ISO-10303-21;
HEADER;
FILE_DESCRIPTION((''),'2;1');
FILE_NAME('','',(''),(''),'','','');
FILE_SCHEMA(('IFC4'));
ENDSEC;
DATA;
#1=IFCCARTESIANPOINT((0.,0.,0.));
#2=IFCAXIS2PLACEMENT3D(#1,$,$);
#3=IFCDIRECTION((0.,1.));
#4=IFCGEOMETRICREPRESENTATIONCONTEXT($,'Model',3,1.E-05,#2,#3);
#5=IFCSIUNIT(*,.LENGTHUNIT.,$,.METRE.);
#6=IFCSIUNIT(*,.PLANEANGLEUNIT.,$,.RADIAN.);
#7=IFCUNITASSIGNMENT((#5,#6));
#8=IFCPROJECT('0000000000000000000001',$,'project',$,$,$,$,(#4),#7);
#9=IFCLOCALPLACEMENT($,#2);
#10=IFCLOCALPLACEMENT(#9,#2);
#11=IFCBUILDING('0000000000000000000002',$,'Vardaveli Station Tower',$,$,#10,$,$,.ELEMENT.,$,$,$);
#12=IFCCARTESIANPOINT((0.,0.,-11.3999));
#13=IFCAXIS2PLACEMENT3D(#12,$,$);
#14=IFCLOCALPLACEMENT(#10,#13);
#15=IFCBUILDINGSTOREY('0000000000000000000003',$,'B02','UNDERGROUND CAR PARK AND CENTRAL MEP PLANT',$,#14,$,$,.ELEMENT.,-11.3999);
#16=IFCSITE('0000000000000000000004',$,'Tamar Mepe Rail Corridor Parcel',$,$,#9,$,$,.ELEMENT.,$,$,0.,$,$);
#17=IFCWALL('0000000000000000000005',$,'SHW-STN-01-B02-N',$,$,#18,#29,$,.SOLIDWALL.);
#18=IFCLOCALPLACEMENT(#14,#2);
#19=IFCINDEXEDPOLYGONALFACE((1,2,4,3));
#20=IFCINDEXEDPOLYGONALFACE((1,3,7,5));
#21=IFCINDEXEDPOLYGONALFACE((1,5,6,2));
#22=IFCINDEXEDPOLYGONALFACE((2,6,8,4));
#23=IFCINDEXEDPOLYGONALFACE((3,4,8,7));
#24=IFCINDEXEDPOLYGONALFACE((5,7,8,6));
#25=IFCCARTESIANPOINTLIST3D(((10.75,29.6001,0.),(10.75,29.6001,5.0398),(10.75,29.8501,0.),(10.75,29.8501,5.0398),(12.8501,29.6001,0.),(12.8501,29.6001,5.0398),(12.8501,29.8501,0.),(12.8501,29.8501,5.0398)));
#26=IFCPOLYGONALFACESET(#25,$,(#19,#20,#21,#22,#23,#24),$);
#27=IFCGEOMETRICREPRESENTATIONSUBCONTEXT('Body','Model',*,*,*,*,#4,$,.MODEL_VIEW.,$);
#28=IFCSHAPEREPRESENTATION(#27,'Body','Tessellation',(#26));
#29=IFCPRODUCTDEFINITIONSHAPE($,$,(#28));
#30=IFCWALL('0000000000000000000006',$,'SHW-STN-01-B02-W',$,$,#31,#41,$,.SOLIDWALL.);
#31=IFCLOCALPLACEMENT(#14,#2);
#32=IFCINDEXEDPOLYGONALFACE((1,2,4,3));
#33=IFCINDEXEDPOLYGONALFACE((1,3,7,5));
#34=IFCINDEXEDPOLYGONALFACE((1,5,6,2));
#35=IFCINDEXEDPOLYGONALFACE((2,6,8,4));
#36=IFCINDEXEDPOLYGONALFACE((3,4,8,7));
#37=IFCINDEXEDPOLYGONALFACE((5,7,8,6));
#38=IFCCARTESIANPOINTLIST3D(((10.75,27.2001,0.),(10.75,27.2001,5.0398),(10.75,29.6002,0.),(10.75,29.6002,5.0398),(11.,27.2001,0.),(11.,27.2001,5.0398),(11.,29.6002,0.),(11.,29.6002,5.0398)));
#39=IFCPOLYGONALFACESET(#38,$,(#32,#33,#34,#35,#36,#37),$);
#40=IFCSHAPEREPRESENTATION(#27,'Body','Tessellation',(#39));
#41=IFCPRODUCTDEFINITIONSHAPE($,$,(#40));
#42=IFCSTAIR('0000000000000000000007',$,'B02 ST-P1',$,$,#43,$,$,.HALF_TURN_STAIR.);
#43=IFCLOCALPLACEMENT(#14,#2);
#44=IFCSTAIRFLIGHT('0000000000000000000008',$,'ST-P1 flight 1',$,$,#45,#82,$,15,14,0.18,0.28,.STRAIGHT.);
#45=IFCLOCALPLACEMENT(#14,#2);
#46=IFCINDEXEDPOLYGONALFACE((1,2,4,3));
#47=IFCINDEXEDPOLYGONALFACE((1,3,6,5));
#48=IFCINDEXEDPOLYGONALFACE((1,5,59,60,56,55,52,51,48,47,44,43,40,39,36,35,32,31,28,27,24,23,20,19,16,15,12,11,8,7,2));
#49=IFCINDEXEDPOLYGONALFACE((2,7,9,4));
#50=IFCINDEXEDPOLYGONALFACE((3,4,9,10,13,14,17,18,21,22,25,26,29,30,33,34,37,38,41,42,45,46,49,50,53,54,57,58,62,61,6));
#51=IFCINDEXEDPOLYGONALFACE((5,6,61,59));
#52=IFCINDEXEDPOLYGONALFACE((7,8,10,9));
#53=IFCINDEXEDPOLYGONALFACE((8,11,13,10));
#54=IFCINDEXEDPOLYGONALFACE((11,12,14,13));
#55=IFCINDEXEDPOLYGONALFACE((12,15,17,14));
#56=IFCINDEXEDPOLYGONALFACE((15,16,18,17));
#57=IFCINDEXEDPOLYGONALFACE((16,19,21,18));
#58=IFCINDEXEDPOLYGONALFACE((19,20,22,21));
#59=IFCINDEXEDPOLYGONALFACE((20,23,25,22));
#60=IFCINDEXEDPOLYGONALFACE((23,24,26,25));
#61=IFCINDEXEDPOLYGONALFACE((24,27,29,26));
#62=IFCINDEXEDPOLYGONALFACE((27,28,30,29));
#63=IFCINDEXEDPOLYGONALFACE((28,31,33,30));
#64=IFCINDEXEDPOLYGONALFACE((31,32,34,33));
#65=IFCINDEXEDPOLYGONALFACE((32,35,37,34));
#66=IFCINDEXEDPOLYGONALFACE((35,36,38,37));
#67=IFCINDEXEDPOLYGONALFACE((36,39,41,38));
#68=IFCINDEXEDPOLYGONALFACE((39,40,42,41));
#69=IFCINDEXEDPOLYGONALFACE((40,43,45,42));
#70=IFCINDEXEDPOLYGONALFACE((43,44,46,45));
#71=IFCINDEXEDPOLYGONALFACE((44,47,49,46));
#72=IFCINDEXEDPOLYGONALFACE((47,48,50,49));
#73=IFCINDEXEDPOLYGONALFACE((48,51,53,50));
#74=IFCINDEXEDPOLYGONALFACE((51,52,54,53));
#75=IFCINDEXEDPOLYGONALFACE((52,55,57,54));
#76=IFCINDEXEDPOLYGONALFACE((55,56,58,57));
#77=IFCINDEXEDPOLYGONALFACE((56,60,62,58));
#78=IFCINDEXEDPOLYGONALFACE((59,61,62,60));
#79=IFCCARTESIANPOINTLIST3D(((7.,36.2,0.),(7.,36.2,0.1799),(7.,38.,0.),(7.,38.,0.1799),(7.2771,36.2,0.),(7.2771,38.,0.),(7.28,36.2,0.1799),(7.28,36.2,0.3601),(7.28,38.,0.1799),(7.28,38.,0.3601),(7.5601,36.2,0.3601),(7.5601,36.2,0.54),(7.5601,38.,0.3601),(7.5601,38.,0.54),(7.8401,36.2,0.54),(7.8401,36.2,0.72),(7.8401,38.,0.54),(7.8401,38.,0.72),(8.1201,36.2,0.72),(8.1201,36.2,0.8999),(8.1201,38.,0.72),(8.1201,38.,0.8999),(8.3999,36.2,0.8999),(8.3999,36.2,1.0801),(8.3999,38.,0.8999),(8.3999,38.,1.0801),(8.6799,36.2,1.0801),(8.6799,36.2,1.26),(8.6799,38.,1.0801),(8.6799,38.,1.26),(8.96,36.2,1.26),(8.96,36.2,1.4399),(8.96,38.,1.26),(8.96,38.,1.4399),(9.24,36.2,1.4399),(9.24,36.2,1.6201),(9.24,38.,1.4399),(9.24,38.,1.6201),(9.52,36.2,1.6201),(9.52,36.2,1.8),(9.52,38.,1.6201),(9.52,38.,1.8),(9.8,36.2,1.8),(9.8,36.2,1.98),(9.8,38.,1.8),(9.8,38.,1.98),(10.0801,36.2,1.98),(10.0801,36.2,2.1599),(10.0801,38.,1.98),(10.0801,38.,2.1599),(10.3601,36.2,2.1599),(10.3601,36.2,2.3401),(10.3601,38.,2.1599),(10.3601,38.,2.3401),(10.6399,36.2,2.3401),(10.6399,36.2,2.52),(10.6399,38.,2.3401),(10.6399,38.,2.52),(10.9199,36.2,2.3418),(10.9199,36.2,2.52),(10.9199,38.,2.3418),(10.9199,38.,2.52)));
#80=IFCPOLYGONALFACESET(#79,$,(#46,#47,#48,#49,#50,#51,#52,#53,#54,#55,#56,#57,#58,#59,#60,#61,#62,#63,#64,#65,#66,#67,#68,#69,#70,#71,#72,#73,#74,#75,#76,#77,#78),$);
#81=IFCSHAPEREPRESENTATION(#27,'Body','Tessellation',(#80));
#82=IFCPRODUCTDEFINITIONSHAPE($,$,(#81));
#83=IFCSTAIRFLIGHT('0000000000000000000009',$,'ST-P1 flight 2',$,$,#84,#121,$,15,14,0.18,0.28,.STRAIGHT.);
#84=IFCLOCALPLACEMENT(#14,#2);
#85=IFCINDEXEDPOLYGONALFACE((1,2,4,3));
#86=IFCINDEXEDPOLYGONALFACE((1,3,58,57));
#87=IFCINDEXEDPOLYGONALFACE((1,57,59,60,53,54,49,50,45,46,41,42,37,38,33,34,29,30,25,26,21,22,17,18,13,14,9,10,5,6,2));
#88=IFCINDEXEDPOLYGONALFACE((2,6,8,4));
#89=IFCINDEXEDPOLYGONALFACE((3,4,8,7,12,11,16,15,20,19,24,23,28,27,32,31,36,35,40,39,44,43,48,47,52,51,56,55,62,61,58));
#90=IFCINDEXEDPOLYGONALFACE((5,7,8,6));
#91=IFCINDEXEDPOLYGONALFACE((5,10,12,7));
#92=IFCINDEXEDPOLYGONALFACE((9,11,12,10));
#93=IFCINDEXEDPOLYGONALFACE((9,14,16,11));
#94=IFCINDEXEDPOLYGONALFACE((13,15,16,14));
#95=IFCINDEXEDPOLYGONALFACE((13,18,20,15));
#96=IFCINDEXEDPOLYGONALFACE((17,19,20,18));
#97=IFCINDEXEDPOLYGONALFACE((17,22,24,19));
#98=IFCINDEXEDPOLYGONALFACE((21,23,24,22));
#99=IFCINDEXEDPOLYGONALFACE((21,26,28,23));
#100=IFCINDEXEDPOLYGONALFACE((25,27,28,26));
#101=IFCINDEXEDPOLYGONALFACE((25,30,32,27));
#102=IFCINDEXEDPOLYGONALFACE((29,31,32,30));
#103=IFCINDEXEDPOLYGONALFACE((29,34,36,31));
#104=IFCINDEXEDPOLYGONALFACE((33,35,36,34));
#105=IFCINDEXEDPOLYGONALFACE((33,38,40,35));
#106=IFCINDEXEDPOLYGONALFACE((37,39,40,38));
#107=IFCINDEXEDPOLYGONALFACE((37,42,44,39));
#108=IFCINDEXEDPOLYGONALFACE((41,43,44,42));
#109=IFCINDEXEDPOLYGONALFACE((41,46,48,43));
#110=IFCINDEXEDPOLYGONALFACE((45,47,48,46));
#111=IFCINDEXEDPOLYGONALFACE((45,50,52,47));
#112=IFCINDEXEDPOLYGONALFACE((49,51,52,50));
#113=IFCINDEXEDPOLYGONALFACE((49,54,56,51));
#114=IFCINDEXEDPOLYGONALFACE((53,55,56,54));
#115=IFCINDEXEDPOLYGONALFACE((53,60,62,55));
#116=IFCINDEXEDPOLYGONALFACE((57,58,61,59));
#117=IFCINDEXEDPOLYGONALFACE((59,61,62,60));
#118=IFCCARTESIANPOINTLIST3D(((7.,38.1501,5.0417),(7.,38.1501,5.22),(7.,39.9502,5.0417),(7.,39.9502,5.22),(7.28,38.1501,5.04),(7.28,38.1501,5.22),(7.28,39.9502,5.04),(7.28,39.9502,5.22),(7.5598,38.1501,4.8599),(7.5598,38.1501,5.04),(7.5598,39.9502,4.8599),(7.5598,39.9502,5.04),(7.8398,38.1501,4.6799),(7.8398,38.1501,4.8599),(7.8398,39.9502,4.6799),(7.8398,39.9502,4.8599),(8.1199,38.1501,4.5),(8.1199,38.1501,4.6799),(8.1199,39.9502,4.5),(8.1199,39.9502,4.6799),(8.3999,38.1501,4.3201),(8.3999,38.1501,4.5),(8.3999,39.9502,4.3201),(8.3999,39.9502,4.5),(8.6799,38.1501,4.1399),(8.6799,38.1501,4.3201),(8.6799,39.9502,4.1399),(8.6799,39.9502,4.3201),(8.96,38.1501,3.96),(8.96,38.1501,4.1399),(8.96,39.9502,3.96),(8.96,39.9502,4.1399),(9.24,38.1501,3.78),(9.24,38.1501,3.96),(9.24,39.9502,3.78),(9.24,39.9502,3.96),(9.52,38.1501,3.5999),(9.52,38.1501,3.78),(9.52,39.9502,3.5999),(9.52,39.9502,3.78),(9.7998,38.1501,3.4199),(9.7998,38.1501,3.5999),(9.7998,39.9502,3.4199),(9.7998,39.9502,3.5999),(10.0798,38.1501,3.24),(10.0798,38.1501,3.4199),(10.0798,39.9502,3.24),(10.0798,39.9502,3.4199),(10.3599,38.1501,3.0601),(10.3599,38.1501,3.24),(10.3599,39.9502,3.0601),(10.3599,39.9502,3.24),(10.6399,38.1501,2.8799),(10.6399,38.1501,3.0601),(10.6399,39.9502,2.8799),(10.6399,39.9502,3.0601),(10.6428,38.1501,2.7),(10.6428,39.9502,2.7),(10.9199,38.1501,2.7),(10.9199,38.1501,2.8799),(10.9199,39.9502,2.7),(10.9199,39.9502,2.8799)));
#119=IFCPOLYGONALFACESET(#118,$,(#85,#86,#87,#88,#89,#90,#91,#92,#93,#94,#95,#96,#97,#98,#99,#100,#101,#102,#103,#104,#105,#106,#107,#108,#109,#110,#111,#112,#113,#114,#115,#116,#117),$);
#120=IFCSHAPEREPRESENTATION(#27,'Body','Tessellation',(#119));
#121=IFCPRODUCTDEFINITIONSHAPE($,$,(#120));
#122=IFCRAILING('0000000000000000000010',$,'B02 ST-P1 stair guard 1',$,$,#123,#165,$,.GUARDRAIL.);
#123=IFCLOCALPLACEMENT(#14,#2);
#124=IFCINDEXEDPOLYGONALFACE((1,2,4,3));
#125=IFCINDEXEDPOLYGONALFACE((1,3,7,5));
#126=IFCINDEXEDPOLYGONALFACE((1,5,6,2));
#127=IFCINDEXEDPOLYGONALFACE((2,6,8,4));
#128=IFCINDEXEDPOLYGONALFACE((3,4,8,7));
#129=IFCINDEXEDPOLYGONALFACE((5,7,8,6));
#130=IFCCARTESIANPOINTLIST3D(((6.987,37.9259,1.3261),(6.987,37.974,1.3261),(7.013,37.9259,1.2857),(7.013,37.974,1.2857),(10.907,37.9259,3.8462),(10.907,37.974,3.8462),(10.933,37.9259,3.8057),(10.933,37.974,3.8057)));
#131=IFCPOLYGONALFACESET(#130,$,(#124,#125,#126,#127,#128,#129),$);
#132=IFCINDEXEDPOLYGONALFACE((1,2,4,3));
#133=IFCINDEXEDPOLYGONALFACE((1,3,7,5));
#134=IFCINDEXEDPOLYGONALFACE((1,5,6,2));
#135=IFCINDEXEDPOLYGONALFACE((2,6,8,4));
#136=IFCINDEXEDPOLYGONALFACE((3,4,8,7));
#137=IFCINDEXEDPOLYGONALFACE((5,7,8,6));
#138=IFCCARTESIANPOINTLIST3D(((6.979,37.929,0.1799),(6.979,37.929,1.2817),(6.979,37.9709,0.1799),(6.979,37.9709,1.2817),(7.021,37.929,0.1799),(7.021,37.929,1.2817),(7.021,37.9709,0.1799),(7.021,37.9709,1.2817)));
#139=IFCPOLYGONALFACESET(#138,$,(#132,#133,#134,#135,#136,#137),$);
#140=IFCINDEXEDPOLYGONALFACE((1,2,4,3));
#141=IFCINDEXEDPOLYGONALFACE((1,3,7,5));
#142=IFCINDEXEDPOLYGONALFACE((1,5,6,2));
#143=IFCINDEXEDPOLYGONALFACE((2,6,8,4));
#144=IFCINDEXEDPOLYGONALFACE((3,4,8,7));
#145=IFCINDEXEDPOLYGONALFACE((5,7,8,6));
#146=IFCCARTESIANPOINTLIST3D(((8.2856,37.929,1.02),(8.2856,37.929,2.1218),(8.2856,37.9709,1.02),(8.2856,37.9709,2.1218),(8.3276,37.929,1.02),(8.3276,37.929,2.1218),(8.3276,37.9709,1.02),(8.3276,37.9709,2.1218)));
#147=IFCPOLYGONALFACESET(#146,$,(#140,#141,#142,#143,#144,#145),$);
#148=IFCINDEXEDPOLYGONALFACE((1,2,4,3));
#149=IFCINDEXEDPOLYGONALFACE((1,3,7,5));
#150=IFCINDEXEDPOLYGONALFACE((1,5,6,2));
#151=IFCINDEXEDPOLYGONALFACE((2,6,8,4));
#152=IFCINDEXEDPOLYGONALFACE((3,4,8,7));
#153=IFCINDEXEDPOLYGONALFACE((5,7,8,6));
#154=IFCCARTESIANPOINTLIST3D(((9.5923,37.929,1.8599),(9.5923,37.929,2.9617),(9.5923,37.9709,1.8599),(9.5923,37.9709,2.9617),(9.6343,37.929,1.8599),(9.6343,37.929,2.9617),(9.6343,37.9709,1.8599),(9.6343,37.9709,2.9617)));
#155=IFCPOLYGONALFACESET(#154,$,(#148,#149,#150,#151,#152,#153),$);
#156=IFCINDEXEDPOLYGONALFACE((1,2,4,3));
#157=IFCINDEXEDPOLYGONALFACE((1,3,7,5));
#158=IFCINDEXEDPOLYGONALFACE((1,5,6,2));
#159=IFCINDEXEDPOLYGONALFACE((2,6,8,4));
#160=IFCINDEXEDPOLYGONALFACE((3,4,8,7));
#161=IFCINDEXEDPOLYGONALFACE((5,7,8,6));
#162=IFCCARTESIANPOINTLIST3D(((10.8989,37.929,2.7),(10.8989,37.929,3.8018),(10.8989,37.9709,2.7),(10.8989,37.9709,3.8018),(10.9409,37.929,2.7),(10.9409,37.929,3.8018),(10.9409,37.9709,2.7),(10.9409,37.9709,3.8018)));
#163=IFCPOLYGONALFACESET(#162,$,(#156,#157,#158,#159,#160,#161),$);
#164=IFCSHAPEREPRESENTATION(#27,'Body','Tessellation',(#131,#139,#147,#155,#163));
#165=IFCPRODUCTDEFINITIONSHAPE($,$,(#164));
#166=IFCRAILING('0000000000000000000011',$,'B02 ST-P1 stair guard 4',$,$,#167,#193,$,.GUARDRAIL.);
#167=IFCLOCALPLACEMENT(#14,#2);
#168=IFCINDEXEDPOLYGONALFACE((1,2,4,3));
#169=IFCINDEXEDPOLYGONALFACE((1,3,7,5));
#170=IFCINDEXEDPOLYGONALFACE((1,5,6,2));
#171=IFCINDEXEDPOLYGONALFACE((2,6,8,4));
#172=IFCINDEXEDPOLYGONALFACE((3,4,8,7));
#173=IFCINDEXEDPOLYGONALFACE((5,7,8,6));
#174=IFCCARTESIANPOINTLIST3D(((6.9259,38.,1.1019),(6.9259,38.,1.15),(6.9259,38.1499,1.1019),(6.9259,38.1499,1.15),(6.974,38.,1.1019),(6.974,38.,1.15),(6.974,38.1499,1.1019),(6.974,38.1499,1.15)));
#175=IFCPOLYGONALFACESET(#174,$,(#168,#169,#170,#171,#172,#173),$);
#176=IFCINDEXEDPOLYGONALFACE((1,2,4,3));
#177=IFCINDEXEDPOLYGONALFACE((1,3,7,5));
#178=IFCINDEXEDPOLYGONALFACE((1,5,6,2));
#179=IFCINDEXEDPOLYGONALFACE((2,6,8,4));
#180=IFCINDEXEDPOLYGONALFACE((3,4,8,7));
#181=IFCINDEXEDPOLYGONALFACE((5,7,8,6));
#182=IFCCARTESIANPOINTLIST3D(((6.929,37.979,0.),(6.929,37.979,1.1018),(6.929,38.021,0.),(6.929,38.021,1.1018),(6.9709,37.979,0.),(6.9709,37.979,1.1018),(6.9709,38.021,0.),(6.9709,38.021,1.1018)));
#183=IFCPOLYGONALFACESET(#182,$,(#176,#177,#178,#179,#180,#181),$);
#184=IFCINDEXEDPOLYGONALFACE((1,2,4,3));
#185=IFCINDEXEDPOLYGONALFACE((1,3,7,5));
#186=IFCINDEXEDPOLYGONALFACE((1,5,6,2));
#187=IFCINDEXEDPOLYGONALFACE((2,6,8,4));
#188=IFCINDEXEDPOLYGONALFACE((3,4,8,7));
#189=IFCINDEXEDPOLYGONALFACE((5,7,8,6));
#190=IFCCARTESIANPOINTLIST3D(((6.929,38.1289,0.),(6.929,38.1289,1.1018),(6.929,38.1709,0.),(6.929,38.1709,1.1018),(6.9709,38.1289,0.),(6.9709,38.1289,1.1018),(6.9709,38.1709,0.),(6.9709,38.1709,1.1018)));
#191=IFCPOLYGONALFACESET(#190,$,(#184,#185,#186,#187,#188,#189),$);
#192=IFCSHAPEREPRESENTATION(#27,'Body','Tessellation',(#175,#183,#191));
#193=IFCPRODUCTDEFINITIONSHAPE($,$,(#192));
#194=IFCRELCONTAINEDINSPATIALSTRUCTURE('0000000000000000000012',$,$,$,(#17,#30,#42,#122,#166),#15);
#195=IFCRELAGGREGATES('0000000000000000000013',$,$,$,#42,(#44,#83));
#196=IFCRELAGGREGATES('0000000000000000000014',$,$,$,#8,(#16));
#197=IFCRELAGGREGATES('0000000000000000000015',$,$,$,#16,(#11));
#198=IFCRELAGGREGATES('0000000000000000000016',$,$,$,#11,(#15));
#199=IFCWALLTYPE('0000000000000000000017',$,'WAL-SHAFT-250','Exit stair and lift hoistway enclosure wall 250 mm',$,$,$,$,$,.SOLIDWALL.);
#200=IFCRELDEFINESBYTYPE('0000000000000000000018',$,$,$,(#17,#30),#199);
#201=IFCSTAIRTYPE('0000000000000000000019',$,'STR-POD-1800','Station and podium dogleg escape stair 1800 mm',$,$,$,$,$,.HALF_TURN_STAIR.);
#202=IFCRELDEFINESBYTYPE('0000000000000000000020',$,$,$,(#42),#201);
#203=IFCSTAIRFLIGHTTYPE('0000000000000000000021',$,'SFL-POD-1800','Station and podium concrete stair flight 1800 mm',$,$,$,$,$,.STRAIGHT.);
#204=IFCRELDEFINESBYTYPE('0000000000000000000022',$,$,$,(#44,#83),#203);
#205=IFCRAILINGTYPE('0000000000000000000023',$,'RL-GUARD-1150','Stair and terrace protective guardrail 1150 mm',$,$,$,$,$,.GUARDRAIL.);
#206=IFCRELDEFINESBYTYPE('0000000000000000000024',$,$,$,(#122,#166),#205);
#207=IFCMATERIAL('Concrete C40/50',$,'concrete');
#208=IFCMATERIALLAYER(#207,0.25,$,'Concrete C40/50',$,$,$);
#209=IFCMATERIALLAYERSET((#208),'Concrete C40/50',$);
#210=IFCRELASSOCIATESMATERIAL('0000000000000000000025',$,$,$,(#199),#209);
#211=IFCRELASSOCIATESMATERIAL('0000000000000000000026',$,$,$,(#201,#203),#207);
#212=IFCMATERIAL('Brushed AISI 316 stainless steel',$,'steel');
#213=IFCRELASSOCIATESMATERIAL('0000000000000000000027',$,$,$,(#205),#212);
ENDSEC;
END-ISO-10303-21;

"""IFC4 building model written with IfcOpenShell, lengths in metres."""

from ifc_helpers import new_model, si_unit, direction, frame, frame_2d, origin, origin_2d, place, context, subcontext, project, spatial, polyline, rectangle, outline, extrude, source, transform, mapped, material, layer, layer_set, type_object, element, aggregate, save


model = new_model("IFC4")

# Units and contexts
model_context = context("Model", 3, precision=1e-05, world=origin(), true_north=direction((0.0, 1.0)))
body_context = subcontext(model_context, "Body", "Model", "MODEL_VIEW")
ifc_project = project(units=[si_unit("LENGTHUNIT", "METRE"), si_unit("PLANEANGLEUNIT", "RADIAN")], contexts=[model_context])

# Site, building, storey
site_placement = place(None, origin())
site = spatial("IfcSite", under=ifc_project, at=site_placement, Name="Tamar Mepe Rail Corridor Parcel", CompositionType="ELEMENT", RefElevation=0.0)
building_placement = place(site_placement, origin())
building = spatial("IfcBuilding", under=site, at=building_placement, Name="Vardaveli Station Tower", CompositionType="ELEMENT")
storey_placement = place(building_placement, frame((0.0, 0.0, -11.3999)))
storey = spatial("IfcBuildingStorey", under=building, at=storey_placement, Name="B02", Description="UNDERGROUND CAR PARK AND CENTRAL MEP PLANT", CompositionType="ELEMENT", Elevation=-11.3999)

# Shared definitions
ifc_material_1 = material(Name="Concrete C40/50", Category="concrete")

# Shared definitions
ifc_layer_1 = layer(ifc_material_1, 0.25, Name="Concrete C40/50")
ifc_layer_set_1 = layer_set([ifc_layer_1], Name="Concrete C40/50")
wall_type_1 = type_object("IfcWallType", Name="WAL-SHAFT-250", Description="Exit stair and lift hoistway enclosure wall 250 mm", PredefinedType="SOLIDWALL", material=ifc_layer_set_1)

# Walls
shared_shape_1 = source(origin(), body_context, "Body", "SweptSolid", [
    extrude(rectangle(XDim=2.1001, YDim=0.25, at=frame_2d((1.05, 0.0))), origin(), (0.0, 0.0, 1.0), 5.0398),
])
wall_1_placement = place(storey_placement, frame((10.75, 29.7251, 0.0), z_axis=(0.0, 0.0, 1.0), x_axis=(1.0, 0.0, 0.0)))
element("IfcWall", 1, at=wall_1_placement, inside=storey, type_object=wall_type_1, Name="SHW-STN-01-B02-N", PredefinedType="SOLIDWALL", context=body_context, shape_type="MappedRepresentation", body=[
    mapped(shared_shape_1, transform((0.0, 0.0, 0.0), scale=1.0)),
])
shared_shape_2 = source(origin(), body_context, "Body", "SweptSolid", [
    extrude(rectangle(XDim=2.4001, YDim=0.25, at=frame_2d((1.2002, 0.0))), origin(), (0.0, 0.0, 1.0), 5.0398),
])
wall_2_placement = place(storey_placement, frame((10.875, 27.2, 0.0), z_axis=(0.0, 0.0, 1.0), x_axis=(0.0, 1.0, 0.0)))
element("IfcWall", 2, at=wall_2_placement, inside=storey, type_object=wall_type_1, Name="SHW-STN-01-B02-W", PredefinedType="SOLIDWALL", context=body_context, shape_type="MappedRepresentation", body=[
    mapped(shared_shape_2, transform((0.0, 0.0, 0.0), scale=1.0)),
])

# Stair, stair flights
stair_type = type_object("IfcStairType", Name="STR-POD-1800", Description="Station and podium dogleg escape stair 1800 mm", PredefinedType="HALF_TURN_STAIR", material=ifc_material_1)
stair_placement = place(storey_placement, origin())
stair = element("IfcStair", 3, at=stair_placement, inside=storey, type_object=stair_type, Name="B02 ST-P1", PredefinedType="HALF_TURN_STAIR")
stair_flight_type = type_object("IfcStairFlightType", Name="SFL-POD-1800", Description="Station and podium concrete stair flight 1800 mm", PredefinedType="STRAIGHT", material=ifc_material_1)
shared_shape_3 = source(origin(), body_context, "Body", "SweptSolid", [
    extrude(outline(polyline([(0.0, 0.0), (0.0, 0.1799), (0.28, 0.1799), (0.28, 0.3601), (0.5601, 0.3601), (0.5601, 0.54), (0.8401, 0.54), (0.8401, 0.72), (1.1201, 0.72), (1.1201, 0.8999), (1.3999, 0.8999), (1.3999, 1.0801), (1.6799, 1.0801), (1.6799, 1.26), (1.96, 1.26), (1.96, 1.4399), (2.24, 1.4399), (2.24, 1.6201), (2.52, 1.6201), (2.52, 1.8), (2.8, 1.8), (2.8, 1.98), (3.0801, 1.98), (3.0801, 2.1599), (3.3601, 2.1599), (3.3601, 2.3401), (3.6399, 2.3401), (3.6399, 2.52), (3.9199, 2.52), (3.9199, 2.7), (3.9199, 2.3418), (0.2771, 0.0), (0.0, 0.0)])), frame((0.0, 0.8999, 0.0), z_axis=(0.0, -1.0, 0.0), x_axis=(1.0, 0.0, 0.0)), (0.0, 0.0, 1.0), 1.8),
])
stair_flight_1_placement = place(storey_placement, frame((7.0, 37.1001, 0.0), z_axis=(0.0, 0.0, 1.0), x_axis=(1.0, 0.0, 0.0)))
stair_flight_1 = element("IfcStairFlight", 4, at=stair_flight_1_placement, type_object=stair_flight_type, Name="ST-P1 flight 1", NumberOfRisers=15, NumberOfTreads=14, PredefinedType="STRAIGHT", RiserHeight=0.18, TreadLength=0.28, context=body_context, shape_type="MappedRepresentation", body=[
    mapped(shared_shape_3, transform((0.0, 0.0, 0.0), scale=1.0)),
])
stair_flight_2_placement = place(storey_placement, frame((10.9199, 39.05, 2.7), z_axis=(0.0, 0.0, 1.0), x_axis=(-1.0, 0.0, 0.0)))
stair_flight_2 = element("IfcStairFlight", 5, at=stair_flight_2_placement, type_object=stair_flight_type, Name="ST-P1 flight 2", NumberOfRisers=15, NumberOfTreads=14, PredefinedType="STRAIGHT", RiserHeight=0.18, TreadLength=0.28, context=body_context, shape_type="MappedRepresentation", body=[
    mapped(shared_shape_3, transform((0.0, 0.0, 0.0), scale=1.0)),
])
aggregate(stair, [stair_flight_1, stair_flight_2])

# Railings
ifc_material_2 = material(Name="Brushed AISI 316 stainless steel", Category="steel")
railing_type_1 = type_object("IfcRailingType", Name="RL-GUARD-1150", Description="Stair and terrace protective guardrail 1150 mm", PredefinedType="GUARDRAIL", material=ifc_material_2)
shared_shape_4 = source(origin(), body_context, "Body", "SweptSolid", [
    extrude(rectangle(XDim=0.0481, YDim=0.0481, at=origin_2d()), frame((0.0, 0.0, 1.126), z_axis=(0.841172, 0.0, 0.540768), x_axis=(0.0, 1.0, 0.0)), (0.0, 0.0, 1.0), 4.6602),
    extrude(rectangle(XDim=0.042, YDim=0.042, at=origin_2d()), origin(), (0.0, 0.0, 1.0), 1.1018),
    extrude(rectangle(XDim=0.042, YDim=0.042, at=origin_2d()), frame((1.3066, 0.0, 0.8401)), (0.0, 0.0, 1.0), 1.1018),
    extrude(rectangle(XDim=0.042, YDim=0.042, at=origin_2d()), frame((2.6133, 0.0, 1.6799)), (0.0, 0.0, 1.0), 1.1018),
    extrude(rectangle(XDim=0.042, YDim=0.042, at=origin_2d()), frame((3.9199, 0.0, 2.52)), (0.0, 0.0, 1.0), 1.1018),
])
railing_1_placement = place(storey_placement, frame((7.0, 37.95, 0.1799)))
element("IfcRailing", 6, at=railing_1_placement, inside=storey, type_object=railing_type_1, Name="B02 ST-P1 stair guard 1", PredefinedType="GUARDRAIL", context=body_context, shape_type="MappedRepresentation", body=[
    mapped(shared_shape_4, transform((0.0, 0.0, 0.0), scale=1.0)),
])
shared_shape_5 = source(origin(), body_context, "Body", "SweptSolid", [
    extrude(rectangle(XDim=0.0481, YDim=0.0481, at=origin_2d()), frame((0.0, 0.0, 1.126), z_axis=(0.0, 1.0, 0.0), x_axis=(-1.0, 0.0, 0.0)), (0.0, 0.0, 1.0), 0.1499),
    extrude(rectangle(XDim=0.042, YDim=0.042, at=origin_2d()), origin(), (0.0, 0.0, 1.0), 1.1018),
    extrude(rectangle(XDim=0.042, YDim=0.042, at=origin_2d()), frame((0.0, 0.1499, 0.0)), (0.0, 0.0, 1.0), 1.1018),
])
railing_2_placement = place(storey_placement, frame((6.95, 38.0, 0.0)))
element("IfcRailing", 7, at=railing_2_placement, inside=storey, type_object=railing_type_1, Name="B02 ST-P1 stair guard 4", PredefinedType="GUARDRAIL", context=body_context, shape_type="MappedRepresentation", body=[
    mapped(shared_shape_5, transform((0.0, 0.0, 0.0), scale=1.0)),
])

save(model, "model.ifc")
